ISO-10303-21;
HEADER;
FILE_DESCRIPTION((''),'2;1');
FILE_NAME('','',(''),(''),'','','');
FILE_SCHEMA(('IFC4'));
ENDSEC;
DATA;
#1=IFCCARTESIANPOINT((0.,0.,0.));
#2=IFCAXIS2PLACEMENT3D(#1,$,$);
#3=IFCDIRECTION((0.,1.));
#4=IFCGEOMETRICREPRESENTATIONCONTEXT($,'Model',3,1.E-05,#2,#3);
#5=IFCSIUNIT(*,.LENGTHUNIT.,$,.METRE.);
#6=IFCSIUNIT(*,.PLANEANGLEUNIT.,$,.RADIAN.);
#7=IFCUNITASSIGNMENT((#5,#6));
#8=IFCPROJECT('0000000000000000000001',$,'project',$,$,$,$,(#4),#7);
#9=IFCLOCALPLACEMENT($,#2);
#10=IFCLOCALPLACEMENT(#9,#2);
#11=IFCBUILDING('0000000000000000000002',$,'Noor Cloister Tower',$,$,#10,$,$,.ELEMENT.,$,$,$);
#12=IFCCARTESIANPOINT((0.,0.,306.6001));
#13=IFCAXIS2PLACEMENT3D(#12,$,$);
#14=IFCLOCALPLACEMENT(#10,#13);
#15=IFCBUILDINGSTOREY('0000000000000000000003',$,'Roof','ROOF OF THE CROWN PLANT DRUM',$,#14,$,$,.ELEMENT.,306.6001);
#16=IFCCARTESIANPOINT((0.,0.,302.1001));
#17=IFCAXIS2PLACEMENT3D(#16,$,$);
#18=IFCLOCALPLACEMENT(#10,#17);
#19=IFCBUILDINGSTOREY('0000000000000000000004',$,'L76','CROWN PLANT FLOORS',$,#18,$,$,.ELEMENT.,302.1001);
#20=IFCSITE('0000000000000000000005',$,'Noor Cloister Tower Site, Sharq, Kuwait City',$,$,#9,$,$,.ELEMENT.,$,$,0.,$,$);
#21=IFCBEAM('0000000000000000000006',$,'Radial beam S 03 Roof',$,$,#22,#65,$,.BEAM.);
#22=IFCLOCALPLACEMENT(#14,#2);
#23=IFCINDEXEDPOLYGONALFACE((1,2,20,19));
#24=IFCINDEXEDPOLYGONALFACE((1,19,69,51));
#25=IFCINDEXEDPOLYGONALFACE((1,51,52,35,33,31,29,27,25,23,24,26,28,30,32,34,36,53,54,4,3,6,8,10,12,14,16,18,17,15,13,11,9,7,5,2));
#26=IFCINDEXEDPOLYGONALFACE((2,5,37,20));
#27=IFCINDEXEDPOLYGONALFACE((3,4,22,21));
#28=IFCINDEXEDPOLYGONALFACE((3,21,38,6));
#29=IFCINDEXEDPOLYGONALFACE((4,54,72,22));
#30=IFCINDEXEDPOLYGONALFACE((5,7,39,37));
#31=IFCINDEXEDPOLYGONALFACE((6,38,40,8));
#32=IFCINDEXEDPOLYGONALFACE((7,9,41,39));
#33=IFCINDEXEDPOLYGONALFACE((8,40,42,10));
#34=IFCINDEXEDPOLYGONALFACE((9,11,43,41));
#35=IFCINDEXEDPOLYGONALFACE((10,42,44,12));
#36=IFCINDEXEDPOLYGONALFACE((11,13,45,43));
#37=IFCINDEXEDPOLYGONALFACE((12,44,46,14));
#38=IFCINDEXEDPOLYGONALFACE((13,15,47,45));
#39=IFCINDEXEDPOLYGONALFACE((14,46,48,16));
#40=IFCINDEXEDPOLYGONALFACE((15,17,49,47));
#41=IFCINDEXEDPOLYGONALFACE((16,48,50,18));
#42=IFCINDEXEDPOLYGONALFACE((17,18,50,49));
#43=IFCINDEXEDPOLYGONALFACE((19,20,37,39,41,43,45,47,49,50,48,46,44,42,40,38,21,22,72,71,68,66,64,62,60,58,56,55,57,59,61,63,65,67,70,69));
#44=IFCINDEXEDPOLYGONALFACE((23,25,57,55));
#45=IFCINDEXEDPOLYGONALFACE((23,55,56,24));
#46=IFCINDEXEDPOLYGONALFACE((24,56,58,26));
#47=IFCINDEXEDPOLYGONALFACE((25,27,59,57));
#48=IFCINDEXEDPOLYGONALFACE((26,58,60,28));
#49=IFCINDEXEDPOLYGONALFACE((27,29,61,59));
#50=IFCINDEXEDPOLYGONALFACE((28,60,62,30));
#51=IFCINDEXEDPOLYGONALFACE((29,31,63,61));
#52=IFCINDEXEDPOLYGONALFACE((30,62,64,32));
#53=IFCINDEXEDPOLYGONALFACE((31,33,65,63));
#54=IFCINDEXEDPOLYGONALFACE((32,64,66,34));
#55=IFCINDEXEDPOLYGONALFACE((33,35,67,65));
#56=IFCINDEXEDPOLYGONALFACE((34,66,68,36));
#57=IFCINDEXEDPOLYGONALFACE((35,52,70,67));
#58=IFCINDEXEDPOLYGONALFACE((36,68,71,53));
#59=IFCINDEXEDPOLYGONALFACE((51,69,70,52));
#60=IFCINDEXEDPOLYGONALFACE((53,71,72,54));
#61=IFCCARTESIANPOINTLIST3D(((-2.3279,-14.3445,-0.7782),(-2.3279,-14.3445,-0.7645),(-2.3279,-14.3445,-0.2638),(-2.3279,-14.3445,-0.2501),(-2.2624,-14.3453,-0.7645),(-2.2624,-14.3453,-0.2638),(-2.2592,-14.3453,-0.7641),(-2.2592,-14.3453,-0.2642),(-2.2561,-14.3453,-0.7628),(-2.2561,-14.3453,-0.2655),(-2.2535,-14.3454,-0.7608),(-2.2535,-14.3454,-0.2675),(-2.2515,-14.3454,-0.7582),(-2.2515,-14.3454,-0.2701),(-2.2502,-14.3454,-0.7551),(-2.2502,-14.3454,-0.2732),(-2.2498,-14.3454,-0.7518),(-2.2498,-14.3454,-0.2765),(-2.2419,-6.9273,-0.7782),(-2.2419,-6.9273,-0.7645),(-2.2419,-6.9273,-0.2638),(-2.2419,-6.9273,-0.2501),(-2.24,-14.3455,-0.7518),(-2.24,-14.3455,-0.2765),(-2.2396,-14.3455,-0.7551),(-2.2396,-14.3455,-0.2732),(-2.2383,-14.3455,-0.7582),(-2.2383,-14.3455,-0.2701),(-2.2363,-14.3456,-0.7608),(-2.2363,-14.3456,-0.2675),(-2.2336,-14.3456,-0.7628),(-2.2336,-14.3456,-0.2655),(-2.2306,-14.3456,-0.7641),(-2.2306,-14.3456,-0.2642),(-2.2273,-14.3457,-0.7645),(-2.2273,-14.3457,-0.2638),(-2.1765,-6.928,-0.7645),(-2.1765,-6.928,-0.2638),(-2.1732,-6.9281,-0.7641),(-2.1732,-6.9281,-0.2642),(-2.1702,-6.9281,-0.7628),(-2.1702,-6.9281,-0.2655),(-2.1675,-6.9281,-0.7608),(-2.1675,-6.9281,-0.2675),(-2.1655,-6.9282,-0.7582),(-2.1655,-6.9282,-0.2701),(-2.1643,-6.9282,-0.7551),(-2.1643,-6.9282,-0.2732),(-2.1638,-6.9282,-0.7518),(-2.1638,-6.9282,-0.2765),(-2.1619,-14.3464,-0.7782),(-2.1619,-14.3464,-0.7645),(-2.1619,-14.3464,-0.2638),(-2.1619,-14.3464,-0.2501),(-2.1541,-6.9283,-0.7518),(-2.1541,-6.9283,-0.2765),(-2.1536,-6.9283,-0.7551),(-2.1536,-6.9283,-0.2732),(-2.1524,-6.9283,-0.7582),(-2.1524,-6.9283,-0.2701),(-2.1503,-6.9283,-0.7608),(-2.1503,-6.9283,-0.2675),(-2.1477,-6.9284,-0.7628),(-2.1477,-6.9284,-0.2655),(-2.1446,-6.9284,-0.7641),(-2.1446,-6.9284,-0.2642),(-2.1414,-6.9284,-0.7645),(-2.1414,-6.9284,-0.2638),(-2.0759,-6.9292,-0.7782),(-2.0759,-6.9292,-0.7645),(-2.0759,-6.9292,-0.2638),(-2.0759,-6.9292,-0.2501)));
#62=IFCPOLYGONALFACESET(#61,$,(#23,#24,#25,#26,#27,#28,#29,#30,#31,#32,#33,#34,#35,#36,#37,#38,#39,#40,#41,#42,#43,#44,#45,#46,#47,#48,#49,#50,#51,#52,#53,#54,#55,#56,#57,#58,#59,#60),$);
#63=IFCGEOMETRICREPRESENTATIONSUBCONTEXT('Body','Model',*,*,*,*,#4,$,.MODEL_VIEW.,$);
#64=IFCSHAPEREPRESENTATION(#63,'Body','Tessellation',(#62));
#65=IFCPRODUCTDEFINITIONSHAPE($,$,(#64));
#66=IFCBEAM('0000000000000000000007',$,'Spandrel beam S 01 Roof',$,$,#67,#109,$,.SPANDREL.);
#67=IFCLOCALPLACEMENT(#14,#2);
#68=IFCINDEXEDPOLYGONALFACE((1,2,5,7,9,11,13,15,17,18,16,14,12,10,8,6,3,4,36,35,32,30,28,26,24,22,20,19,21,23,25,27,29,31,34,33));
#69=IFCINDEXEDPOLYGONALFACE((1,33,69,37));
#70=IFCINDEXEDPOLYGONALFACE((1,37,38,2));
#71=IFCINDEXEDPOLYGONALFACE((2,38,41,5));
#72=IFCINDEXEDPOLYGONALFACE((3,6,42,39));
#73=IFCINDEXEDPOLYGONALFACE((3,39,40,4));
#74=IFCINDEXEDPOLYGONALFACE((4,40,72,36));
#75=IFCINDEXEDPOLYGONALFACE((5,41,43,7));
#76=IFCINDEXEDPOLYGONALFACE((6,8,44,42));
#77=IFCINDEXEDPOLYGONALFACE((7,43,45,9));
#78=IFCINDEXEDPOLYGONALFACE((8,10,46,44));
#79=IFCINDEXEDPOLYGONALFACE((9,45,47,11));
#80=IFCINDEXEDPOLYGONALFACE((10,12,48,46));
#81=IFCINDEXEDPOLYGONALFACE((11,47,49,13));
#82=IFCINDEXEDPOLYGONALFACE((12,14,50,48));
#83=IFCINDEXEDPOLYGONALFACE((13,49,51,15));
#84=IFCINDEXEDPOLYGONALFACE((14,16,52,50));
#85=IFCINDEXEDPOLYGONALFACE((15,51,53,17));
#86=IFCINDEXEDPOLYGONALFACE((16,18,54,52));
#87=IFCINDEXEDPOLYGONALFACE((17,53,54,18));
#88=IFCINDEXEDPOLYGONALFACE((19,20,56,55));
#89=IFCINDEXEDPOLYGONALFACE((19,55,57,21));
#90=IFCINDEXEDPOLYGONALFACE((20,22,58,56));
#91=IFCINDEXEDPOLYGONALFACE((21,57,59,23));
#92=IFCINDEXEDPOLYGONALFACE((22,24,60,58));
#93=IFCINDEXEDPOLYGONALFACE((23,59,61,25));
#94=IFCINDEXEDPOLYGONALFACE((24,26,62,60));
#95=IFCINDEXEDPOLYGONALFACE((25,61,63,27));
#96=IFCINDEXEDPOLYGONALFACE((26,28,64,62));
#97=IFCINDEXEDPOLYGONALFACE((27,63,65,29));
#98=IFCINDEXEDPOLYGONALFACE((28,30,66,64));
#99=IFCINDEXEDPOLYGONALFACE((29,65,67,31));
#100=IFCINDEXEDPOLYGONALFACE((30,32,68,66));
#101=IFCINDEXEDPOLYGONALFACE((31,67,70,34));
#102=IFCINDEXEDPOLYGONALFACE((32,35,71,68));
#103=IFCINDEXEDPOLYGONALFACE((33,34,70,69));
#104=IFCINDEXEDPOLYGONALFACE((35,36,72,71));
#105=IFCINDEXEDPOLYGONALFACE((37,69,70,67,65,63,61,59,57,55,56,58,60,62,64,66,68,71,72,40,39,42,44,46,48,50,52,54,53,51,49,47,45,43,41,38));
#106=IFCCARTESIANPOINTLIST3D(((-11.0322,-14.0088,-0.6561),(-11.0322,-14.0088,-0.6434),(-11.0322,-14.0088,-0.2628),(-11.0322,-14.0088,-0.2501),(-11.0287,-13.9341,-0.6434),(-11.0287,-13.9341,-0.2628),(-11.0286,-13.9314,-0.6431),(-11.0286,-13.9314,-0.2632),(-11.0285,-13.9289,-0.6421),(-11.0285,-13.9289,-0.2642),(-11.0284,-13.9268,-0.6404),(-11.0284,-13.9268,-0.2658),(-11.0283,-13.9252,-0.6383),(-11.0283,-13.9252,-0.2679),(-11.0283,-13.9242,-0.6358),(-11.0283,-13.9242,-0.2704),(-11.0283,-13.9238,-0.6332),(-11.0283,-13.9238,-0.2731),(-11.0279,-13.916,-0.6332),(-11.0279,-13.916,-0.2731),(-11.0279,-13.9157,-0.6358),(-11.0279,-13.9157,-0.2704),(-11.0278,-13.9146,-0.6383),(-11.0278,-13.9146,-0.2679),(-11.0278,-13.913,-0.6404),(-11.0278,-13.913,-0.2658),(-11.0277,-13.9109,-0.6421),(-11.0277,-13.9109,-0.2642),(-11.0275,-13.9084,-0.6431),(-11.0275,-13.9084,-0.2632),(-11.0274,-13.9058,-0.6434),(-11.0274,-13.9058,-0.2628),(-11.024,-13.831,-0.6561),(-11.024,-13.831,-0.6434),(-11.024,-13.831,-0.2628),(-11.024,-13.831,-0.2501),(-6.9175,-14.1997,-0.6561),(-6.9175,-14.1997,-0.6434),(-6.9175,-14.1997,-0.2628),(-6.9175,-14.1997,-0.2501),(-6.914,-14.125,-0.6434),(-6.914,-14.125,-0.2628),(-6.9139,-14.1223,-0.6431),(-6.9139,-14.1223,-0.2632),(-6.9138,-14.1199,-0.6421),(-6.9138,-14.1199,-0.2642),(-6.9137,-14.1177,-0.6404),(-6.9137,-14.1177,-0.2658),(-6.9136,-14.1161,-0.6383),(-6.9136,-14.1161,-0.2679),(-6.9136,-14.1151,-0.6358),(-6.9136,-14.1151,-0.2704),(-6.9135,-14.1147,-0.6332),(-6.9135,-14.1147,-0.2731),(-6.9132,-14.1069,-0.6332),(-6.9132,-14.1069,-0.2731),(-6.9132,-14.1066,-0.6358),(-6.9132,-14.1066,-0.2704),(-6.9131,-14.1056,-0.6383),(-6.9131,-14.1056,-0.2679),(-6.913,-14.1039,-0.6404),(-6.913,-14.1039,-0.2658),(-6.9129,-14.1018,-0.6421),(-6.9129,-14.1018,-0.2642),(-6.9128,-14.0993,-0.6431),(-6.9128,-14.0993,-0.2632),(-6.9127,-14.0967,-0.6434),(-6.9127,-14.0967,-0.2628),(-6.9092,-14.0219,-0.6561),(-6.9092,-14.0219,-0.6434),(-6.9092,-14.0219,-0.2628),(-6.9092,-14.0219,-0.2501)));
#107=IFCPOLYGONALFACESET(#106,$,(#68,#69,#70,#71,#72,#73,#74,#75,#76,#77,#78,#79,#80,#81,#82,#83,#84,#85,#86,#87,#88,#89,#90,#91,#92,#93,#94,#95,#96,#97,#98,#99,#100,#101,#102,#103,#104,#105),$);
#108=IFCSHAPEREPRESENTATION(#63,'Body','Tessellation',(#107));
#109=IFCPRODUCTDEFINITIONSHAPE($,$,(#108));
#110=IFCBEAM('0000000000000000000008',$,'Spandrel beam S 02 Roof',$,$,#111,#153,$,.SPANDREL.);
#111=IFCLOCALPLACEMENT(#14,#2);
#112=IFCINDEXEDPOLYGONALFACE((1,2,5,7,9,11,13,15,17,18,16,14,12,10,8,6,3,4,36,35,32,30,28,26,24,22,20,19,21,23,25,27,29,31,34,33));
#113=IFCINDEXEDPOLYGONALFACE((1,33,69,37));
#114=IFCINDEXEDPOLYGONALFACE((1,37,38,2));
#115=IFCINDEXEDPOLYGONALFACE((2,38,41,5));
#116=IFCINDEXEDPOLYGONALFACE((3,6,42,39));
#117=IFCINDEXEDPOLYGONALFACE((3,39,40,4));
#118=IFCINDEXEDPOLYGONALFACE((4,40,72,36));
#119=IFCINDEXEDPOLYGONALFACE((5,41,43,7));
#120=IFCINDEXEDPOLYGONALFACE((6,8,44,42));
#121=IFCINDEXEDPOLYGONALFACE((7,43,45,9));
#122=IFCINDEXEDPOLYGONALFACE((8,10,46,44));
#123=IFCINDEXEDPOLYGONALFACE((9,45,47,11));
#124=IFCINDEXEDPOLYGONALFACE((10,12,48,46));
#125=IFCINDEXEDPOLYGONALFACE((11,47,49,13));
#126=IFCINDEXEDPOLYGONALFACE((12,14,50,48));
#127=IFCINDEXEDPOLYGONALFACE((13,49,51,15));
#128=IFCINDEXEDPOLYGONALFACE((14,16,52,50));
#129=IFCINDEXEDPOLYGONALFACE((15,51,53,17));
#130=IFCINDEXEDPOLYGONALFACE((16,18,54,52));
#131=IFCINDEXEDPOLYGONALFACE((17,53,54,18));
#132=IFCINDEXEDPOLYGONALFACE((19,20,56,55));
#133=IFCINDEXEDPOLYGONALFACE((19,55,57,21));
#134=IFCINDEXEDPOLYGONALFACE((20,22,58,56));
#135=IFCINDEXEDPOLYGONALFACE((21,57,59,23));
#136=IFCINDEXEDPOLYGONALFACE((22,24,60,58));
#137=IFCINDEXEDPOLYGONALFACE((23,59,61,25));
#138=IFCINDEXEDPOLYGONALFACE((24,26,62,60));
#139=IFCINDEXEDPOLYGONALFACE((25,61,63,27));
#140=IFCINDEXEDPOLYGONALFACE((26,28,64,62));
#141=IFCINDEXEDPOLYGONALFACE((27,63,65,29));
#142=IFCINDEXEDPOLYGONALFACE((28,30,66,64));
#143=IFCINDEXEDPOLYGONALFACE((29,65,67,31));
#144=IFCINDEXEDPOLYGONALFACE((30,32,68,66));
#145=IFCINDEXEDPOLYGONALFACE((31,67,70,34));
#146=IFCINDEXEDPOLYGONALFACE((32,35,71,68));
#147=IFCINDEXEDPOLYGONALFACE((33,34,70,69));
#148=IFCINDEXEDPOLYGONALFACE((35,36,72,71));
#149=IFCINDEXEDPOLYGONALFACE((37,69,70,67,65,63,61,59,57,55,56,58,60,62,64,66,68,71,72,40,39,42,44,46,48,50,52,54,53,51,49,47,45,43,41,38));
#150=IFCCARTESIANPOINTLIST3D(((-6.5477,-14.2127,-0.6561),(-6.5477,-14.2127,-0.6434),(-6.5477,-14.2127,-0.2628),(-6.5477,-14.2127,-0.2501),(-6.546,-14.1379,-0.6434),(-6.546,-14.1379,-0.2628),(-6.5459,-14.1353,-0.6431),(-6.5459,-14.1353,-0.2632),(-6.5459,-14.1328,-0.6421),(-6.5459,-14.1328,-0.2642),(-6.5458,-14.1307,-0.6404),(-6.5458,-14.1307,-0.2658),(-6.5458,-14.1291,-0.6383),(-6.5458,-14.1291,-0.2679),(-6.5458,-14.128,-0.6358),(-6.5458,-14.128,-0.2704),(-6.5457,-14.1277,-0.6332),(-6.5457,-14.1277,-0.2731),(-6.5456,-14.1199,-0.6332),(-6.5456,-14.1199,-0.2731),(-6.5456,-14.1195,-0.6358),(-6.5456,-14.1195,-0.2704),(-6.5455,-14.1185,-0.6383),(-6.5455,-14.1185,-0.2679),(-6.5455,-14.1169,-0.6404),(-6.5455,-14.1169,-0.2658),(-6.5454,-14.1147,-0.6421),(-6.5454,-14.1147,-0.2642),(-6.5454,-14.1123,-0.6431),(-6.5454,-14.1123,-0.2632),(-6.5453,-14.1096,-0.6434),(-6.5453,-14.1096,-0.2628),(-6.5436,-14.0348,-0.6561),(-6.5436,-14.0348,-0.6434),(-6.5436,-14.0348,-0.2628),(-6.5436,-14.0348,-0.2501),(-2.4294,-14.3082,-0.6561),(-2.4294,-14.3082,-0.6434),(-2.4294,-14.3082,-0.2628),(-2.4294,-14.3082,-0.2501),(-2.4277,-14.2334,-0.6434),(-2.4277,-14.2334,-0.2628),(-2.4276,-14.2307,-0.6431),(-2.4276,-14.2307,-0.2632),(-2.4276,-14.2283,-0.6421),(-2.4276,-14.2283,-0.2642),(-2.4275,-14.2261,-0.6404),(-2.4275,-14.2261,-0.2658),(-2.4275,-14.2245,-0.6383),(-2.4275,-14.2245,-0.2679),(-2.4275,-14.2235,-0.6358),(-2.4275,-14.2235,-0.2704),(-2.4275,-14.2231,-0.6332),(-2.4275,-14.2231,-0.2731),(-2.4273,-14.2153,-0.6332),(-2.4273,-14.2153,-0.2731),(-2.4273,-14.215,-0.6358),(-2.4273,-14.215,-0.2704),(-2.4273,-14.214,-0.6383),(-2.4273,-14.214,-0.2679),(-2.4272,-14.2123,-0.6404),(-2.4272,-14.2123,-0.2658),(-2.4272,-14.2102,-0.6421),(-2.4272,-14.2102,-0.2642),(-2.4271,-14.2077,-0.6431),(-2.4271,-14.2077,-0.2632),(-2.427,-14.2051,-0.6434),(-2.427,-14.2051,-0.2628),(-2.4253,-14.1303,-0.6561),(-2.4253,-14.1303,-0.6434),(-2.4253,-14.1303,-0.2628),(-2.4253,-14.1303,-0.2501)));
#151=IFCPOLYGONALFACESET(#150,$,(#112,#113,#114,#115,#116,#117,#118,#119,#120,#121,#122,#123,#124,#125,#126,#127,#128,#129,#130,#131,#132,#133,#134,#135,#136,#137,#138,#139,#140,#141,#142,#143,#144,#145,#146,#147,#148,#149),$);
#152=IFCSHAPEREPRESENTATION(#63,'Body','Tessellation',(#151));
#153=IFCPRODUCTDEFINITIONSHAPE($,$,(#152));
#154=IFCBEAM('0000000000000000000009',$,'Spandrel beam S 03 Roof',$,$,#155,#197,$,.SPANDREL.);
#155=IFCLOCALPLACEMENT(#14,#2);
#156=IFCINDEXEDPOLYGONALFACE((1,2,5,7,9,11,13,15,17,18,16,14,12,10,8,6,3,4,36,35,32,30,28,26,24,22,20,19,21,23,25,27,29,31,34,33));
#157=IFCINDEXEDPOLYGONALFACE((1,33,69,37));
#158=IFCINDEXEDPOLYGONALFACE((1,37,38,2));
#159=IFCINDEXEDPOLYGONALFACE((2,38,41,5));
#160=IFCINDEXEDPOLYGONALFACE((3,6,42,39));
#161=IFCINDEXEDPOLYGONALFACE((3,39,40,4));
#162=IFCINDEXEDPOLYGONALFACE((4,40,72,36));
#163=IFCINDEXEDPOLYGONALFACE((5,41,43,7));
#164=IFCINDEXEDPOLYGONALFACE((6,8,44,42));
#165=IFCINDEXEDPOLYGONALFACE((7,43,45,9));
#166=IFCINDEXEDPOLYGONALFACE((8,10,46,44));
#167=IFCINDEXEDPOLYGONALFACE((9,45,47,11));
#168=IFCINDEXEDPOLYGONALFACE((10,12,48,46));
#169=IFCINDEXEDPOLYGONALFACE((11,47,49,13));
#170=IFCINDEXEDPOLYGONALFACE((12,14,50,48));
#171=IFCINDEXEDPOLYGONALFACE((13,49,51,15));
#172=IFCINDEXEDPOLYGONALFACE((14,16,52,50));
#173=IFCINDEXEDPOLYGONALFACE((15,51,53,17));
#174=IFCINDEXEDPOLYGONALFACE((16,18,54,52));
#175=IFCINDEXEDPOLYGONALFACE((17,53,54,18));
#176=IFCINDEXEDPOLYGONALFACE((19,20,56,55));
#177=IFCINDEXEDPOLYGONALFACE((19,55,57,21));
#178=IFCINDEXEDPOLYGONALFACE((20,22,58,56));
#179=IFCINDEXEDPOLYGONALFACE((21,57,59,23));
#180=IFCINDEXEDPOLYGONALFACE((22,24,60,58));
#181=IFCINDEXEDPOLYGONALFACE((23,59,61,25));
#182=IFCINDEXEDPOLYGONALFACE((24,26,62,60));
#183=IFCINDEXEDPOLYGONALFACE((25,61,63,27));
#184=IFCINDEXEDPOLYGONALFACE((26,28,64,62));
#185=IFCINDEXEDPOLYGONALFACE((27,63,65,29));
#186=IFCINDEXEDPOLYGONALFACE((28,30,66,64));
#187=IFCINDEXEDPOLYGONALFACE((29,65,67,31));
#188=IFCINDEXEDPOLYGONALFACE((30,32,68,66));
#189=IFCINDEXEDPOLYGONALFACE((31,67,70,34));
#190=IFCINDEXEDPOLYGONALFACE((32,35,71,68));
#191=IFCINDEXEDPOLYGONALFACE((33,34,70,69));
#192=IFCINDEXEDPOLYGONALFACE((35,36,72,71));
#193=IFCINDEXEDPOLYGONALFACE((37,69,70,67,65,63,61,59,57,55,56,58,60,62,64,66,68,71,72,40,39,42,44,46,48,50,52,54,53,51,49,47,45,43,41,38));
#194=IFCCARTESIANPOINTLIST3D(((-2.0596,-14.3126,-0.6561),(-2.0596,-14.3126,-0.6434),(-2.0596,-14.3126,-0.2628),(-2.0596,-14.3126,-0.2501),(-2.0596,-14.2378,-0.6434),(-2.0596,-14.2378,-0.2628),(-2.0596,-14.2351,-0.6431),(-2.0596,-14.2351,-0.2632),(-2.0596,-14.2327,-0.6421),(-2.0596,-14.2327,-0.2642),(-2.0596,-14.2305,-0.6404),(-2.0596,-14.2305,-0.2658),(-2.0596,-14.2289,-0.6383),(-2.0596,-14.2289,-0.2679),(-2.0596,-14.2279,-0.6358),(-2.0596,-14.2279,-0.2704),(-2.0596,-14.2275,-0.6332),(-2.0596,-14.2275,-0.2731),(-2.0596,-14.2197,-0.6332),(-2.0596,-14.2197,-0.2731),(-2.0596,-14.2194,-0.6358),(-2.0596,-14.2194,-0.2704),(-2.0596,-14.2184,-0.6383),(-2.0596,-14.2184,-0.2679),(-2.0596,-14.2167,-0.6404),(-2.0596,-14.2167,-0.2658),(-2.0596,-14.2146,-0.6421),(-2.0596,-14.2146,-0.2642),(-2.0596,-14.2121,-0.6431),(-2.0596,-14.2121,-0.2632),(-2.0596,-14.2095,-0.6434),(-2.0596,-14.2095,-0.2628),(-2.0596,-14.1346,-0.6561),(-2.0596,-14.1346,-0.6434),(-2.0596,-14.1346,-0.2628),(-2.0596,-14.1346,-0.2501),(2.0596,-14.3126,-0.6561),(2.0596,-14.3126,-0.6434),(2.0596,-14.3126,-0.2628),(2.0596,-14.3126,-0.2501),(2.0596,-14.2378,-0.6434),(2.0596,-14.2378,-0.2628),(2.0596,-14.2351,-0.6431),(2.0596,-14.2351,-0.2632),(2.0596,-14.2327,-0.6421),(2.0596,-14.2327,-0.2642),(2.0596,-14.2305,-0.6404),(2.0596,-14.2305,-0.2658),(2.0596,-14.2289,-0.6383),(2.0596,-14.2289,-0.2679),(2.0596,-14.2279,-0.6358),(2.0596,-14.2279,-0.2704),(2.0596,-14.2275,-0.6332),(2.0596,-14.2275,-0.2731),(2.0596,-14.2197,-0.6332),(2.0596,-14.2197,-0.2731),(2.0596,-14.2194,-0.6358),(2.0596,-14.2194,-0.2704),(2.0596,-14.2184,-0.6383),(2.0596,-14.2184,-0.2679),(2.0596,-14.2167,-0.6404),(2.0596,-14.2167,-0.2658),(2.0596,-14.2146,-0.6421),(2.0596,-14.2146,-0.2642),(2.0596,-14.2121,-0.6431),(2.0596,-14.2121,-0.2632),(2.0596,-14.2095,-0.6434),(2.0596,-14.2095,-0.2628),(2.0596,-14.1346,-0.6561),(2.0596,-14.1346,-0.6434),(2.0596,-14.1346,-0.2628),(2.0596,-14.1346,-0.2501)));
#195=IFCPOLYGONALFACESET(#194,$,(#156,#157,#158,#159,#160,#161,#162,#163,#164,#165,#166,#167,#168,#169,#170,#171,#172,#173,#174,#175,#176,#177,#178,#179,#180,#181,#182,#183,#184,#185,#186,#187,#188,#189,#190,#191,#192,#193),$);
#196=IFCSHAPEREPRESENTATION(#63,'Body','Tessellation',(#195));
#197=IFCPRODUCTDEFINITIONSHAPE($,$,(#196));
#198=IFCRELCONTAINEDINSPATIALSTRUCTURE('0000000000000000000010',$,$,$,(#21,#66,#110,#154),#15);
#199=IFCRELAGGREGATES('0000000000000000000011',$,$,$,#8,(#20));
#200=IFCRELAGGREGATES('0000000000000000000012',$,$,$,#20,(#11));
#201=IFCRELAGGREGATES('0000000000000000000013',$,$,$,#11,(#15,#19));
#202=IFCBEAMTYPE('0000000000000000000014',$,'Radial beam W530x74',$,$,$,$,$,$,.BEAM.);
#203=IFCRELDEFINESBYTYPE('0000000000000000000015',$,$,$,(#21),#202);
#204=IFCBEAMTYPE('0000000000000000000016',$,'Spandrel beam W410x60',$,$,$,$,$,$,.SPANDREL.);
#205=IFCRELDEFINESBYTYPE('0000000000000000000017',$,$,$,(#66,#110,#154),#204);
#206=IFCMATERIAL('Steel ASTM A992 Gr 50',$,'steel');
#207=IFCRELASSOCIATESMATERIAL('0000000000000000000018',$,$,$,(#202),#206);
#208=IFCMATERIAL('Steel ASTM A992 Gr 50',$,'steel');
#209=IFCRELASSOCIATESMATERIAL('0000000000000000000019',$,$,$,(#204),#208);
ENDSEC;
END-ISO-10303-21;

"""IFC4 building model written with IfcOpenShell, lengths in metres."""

from ifc_helpers import new_model, si_unit, direction, frame, origin, origin_2d, place, context, subcontext, project, spatial, i_section, extrude, material, material_profile, profile_set, type_object, element, save


model = new_model("IFC4")

# Units and contexts
model_context = context("Model", 3, precision=1e-05, world=origin(), true_north=direction((0.0, 1.0)))
body_context = subcontext(model_context, "Body", "Model", "MODEL_VIEW")
ifc_project = project(units=[si_unit("LENGTHUNIT", "METRE"), si_unit("PLANEANGLEUNIT", "RADIAN")], contexts=[model_context])

# Site, building, storey
site_placement = place(None, origin())
site = spatial("IfcSite", under=ifc_project, at=site_placement, Name="Noor Cloister Tower Site, Sharq, Kuwait City", CompositionType="ELEMENT", RefElevation=0.0)
building_placement = place(site_placement, origin())
building = spatial("IfcBuilding", under=site, at=building_placement, Name="Noor Cloister Tower", CompositionType="ELEMENT")
storey_1_placement = place(building_placement, frame((0.0, 0.0, 306.6001)))
storey_1 = spatial("IfcBuildingStorey", under=building, at=storey_1_placement, Name="Roof", Description="ROOF OF THE CROWN PLANT DRUM", CompositionType="ELEMENT", Elevation=306.6001)

# Beams
ifc_material_1 = material(Name="Steel ASTM A992 Gr 50", Category="steel")
ifc_material_profile_1 = material_profile(ifc_material_1, i_section(OverallWidth=0.166, OverallDepth=0.5281, WebThickness=0.0098, FlangeThickness=0.0137, FilletRadius=0.0127, at=origin_2d()), Name="W530x74")
ifc_profile_set_1 = profile_set([ifc_material_profile_1], Name="Steel ASTM A992 Gr 50")
beam_type_1 = type_object("IfcBeamType", Name="Radial beam W530x74", PredefinedType="BEAM", material=ifc_profile_set_1)
beam_1_placement = place(storey_1_placement, frame((-2.2449, -14.3455, -0.5142), z_axis=(0.011585, 0.999933, 0.0), x_axis=(-0.999933, 0.011585, 0.0)))
element("IfcBeam", 1, at=beam_1_placement, inside=storey_1, type_object=beam_type_1, Name="Radial beam S 03 Roof", PredefinedType="BEAM", context=body_context, shape_type="SweptSolid", body=[
    extrude(i_section(OverallWidth=0.166, OverallDepth=0.5281, WebThickness=0.0098, FlangeThickness=0.0137, FilletRadius=0.0127, at=origin_2d()), origin(), (0.0, 0.0, 1.0), 7.4177),
])
ifc_material_2 = material(Name="Steel ASTM A992 Gr 50", Category="steel")
ifc_material_profile_2 = material_profile(ifc_material_2, i_section(OverallWidth=0.178, OverallDepth=0.406, WebThickness=0.0078, FlangeThickness=0.0127, FilletRadius=0.0103, at=origin_2d()), Name="W410x60")
ifc_profile_set_2 = profile_set([ifc_material_profile_2], Name="Steel ASTM A992 Gr 50")
beam_type_2 = type_object("IfcBeamType", Name="Spandrel beam W410x60", PredefinedType="SPANDREL", material=ifc_profile_set_2)
beam_2_placement = place(storey_1_placement, frame((-11.0281, -13.9199, -0.4531), z_axis=(0.998925, -0.046349, 0.0), x_axis=(0.046349, 0.998925, 0.0)))
element("IfcBeam", 2, at=beam_2_placement, inside=storey_1, type_object=beam_type_2, Name="Spandrel beam S 01 Roof", PredefinedType="SPANDREL", context=body_context, shape_type="SweptSolid", body=[
    extrude(i_section(OverallWidth=0.178, OverallDepth=0.406, WebThickness=0.0078, FlangeThickness=0.0127, FilletRadius=0.0103, at=origin_2d()), origin(), (0.0, 0.0, 1.0), 4.1191),
])
beam_3_placement = place(storey_1_placement, frame((-6.5457, -14.1238, -0.4531), z_axis=(0.999731, -0.023174, 0.0), x_axis=(0.023174, 0.999731, 0.0)))
element("IfcBeam", 3, at=beam_3_placement, inside=storey_1, type_object=beam_type_2, Name="Spandrel beam S 02 Roof", PredefinedType="SPANDREL", context=body_context, shape_type="SweptSolid", body=[
    extrude(i_section(OverallWidth=0.178, OverallDepth=0.406, WebThickness=0.0078, FlangeThickness=0.0127, FilletRadius=0.0103, at=origin_2d()), origin(), (0.0, 0.0, 1.0), 4.1194),
])
beam_4_placement = place(storey_1_placement, frame((-2.0596, -14.2236, -0.4531), z_axis=(1.0, 0.0, 0.0), x_axis=(0.0, 1.0, 0.0)))
element("IfcBeam", 4, at=beam_4_placement, inside=storey_1, type_object=beam_type_2, Name="Spandrel beam S 03 Roof", PredefinedType="SPANDREL", context=body_context, shape_type="SweptSolid", body=[
    extrude(i_section(OverallWidth=0.178, OverallDepth=0.406, WebThickness=0.0078, FlangeThickness=0.0127, FilletRadius=0.0103, at=origin_2d()), origin(), (0.0, 0.0, 1.0), 4.1191),
])

# Shared definitions
storey_2_placement = place(building_placement, frame((0.0, 0.0, 302.1001)))
storey_2 = spatial("IfcBuildingStorey", under=building, at=storey_2_placement, Name="L76", Description="CROWN PLANT FLOORS", CompositionType="ELEMENT", Elevation=302.1001)

save(model, "model.ifc")
